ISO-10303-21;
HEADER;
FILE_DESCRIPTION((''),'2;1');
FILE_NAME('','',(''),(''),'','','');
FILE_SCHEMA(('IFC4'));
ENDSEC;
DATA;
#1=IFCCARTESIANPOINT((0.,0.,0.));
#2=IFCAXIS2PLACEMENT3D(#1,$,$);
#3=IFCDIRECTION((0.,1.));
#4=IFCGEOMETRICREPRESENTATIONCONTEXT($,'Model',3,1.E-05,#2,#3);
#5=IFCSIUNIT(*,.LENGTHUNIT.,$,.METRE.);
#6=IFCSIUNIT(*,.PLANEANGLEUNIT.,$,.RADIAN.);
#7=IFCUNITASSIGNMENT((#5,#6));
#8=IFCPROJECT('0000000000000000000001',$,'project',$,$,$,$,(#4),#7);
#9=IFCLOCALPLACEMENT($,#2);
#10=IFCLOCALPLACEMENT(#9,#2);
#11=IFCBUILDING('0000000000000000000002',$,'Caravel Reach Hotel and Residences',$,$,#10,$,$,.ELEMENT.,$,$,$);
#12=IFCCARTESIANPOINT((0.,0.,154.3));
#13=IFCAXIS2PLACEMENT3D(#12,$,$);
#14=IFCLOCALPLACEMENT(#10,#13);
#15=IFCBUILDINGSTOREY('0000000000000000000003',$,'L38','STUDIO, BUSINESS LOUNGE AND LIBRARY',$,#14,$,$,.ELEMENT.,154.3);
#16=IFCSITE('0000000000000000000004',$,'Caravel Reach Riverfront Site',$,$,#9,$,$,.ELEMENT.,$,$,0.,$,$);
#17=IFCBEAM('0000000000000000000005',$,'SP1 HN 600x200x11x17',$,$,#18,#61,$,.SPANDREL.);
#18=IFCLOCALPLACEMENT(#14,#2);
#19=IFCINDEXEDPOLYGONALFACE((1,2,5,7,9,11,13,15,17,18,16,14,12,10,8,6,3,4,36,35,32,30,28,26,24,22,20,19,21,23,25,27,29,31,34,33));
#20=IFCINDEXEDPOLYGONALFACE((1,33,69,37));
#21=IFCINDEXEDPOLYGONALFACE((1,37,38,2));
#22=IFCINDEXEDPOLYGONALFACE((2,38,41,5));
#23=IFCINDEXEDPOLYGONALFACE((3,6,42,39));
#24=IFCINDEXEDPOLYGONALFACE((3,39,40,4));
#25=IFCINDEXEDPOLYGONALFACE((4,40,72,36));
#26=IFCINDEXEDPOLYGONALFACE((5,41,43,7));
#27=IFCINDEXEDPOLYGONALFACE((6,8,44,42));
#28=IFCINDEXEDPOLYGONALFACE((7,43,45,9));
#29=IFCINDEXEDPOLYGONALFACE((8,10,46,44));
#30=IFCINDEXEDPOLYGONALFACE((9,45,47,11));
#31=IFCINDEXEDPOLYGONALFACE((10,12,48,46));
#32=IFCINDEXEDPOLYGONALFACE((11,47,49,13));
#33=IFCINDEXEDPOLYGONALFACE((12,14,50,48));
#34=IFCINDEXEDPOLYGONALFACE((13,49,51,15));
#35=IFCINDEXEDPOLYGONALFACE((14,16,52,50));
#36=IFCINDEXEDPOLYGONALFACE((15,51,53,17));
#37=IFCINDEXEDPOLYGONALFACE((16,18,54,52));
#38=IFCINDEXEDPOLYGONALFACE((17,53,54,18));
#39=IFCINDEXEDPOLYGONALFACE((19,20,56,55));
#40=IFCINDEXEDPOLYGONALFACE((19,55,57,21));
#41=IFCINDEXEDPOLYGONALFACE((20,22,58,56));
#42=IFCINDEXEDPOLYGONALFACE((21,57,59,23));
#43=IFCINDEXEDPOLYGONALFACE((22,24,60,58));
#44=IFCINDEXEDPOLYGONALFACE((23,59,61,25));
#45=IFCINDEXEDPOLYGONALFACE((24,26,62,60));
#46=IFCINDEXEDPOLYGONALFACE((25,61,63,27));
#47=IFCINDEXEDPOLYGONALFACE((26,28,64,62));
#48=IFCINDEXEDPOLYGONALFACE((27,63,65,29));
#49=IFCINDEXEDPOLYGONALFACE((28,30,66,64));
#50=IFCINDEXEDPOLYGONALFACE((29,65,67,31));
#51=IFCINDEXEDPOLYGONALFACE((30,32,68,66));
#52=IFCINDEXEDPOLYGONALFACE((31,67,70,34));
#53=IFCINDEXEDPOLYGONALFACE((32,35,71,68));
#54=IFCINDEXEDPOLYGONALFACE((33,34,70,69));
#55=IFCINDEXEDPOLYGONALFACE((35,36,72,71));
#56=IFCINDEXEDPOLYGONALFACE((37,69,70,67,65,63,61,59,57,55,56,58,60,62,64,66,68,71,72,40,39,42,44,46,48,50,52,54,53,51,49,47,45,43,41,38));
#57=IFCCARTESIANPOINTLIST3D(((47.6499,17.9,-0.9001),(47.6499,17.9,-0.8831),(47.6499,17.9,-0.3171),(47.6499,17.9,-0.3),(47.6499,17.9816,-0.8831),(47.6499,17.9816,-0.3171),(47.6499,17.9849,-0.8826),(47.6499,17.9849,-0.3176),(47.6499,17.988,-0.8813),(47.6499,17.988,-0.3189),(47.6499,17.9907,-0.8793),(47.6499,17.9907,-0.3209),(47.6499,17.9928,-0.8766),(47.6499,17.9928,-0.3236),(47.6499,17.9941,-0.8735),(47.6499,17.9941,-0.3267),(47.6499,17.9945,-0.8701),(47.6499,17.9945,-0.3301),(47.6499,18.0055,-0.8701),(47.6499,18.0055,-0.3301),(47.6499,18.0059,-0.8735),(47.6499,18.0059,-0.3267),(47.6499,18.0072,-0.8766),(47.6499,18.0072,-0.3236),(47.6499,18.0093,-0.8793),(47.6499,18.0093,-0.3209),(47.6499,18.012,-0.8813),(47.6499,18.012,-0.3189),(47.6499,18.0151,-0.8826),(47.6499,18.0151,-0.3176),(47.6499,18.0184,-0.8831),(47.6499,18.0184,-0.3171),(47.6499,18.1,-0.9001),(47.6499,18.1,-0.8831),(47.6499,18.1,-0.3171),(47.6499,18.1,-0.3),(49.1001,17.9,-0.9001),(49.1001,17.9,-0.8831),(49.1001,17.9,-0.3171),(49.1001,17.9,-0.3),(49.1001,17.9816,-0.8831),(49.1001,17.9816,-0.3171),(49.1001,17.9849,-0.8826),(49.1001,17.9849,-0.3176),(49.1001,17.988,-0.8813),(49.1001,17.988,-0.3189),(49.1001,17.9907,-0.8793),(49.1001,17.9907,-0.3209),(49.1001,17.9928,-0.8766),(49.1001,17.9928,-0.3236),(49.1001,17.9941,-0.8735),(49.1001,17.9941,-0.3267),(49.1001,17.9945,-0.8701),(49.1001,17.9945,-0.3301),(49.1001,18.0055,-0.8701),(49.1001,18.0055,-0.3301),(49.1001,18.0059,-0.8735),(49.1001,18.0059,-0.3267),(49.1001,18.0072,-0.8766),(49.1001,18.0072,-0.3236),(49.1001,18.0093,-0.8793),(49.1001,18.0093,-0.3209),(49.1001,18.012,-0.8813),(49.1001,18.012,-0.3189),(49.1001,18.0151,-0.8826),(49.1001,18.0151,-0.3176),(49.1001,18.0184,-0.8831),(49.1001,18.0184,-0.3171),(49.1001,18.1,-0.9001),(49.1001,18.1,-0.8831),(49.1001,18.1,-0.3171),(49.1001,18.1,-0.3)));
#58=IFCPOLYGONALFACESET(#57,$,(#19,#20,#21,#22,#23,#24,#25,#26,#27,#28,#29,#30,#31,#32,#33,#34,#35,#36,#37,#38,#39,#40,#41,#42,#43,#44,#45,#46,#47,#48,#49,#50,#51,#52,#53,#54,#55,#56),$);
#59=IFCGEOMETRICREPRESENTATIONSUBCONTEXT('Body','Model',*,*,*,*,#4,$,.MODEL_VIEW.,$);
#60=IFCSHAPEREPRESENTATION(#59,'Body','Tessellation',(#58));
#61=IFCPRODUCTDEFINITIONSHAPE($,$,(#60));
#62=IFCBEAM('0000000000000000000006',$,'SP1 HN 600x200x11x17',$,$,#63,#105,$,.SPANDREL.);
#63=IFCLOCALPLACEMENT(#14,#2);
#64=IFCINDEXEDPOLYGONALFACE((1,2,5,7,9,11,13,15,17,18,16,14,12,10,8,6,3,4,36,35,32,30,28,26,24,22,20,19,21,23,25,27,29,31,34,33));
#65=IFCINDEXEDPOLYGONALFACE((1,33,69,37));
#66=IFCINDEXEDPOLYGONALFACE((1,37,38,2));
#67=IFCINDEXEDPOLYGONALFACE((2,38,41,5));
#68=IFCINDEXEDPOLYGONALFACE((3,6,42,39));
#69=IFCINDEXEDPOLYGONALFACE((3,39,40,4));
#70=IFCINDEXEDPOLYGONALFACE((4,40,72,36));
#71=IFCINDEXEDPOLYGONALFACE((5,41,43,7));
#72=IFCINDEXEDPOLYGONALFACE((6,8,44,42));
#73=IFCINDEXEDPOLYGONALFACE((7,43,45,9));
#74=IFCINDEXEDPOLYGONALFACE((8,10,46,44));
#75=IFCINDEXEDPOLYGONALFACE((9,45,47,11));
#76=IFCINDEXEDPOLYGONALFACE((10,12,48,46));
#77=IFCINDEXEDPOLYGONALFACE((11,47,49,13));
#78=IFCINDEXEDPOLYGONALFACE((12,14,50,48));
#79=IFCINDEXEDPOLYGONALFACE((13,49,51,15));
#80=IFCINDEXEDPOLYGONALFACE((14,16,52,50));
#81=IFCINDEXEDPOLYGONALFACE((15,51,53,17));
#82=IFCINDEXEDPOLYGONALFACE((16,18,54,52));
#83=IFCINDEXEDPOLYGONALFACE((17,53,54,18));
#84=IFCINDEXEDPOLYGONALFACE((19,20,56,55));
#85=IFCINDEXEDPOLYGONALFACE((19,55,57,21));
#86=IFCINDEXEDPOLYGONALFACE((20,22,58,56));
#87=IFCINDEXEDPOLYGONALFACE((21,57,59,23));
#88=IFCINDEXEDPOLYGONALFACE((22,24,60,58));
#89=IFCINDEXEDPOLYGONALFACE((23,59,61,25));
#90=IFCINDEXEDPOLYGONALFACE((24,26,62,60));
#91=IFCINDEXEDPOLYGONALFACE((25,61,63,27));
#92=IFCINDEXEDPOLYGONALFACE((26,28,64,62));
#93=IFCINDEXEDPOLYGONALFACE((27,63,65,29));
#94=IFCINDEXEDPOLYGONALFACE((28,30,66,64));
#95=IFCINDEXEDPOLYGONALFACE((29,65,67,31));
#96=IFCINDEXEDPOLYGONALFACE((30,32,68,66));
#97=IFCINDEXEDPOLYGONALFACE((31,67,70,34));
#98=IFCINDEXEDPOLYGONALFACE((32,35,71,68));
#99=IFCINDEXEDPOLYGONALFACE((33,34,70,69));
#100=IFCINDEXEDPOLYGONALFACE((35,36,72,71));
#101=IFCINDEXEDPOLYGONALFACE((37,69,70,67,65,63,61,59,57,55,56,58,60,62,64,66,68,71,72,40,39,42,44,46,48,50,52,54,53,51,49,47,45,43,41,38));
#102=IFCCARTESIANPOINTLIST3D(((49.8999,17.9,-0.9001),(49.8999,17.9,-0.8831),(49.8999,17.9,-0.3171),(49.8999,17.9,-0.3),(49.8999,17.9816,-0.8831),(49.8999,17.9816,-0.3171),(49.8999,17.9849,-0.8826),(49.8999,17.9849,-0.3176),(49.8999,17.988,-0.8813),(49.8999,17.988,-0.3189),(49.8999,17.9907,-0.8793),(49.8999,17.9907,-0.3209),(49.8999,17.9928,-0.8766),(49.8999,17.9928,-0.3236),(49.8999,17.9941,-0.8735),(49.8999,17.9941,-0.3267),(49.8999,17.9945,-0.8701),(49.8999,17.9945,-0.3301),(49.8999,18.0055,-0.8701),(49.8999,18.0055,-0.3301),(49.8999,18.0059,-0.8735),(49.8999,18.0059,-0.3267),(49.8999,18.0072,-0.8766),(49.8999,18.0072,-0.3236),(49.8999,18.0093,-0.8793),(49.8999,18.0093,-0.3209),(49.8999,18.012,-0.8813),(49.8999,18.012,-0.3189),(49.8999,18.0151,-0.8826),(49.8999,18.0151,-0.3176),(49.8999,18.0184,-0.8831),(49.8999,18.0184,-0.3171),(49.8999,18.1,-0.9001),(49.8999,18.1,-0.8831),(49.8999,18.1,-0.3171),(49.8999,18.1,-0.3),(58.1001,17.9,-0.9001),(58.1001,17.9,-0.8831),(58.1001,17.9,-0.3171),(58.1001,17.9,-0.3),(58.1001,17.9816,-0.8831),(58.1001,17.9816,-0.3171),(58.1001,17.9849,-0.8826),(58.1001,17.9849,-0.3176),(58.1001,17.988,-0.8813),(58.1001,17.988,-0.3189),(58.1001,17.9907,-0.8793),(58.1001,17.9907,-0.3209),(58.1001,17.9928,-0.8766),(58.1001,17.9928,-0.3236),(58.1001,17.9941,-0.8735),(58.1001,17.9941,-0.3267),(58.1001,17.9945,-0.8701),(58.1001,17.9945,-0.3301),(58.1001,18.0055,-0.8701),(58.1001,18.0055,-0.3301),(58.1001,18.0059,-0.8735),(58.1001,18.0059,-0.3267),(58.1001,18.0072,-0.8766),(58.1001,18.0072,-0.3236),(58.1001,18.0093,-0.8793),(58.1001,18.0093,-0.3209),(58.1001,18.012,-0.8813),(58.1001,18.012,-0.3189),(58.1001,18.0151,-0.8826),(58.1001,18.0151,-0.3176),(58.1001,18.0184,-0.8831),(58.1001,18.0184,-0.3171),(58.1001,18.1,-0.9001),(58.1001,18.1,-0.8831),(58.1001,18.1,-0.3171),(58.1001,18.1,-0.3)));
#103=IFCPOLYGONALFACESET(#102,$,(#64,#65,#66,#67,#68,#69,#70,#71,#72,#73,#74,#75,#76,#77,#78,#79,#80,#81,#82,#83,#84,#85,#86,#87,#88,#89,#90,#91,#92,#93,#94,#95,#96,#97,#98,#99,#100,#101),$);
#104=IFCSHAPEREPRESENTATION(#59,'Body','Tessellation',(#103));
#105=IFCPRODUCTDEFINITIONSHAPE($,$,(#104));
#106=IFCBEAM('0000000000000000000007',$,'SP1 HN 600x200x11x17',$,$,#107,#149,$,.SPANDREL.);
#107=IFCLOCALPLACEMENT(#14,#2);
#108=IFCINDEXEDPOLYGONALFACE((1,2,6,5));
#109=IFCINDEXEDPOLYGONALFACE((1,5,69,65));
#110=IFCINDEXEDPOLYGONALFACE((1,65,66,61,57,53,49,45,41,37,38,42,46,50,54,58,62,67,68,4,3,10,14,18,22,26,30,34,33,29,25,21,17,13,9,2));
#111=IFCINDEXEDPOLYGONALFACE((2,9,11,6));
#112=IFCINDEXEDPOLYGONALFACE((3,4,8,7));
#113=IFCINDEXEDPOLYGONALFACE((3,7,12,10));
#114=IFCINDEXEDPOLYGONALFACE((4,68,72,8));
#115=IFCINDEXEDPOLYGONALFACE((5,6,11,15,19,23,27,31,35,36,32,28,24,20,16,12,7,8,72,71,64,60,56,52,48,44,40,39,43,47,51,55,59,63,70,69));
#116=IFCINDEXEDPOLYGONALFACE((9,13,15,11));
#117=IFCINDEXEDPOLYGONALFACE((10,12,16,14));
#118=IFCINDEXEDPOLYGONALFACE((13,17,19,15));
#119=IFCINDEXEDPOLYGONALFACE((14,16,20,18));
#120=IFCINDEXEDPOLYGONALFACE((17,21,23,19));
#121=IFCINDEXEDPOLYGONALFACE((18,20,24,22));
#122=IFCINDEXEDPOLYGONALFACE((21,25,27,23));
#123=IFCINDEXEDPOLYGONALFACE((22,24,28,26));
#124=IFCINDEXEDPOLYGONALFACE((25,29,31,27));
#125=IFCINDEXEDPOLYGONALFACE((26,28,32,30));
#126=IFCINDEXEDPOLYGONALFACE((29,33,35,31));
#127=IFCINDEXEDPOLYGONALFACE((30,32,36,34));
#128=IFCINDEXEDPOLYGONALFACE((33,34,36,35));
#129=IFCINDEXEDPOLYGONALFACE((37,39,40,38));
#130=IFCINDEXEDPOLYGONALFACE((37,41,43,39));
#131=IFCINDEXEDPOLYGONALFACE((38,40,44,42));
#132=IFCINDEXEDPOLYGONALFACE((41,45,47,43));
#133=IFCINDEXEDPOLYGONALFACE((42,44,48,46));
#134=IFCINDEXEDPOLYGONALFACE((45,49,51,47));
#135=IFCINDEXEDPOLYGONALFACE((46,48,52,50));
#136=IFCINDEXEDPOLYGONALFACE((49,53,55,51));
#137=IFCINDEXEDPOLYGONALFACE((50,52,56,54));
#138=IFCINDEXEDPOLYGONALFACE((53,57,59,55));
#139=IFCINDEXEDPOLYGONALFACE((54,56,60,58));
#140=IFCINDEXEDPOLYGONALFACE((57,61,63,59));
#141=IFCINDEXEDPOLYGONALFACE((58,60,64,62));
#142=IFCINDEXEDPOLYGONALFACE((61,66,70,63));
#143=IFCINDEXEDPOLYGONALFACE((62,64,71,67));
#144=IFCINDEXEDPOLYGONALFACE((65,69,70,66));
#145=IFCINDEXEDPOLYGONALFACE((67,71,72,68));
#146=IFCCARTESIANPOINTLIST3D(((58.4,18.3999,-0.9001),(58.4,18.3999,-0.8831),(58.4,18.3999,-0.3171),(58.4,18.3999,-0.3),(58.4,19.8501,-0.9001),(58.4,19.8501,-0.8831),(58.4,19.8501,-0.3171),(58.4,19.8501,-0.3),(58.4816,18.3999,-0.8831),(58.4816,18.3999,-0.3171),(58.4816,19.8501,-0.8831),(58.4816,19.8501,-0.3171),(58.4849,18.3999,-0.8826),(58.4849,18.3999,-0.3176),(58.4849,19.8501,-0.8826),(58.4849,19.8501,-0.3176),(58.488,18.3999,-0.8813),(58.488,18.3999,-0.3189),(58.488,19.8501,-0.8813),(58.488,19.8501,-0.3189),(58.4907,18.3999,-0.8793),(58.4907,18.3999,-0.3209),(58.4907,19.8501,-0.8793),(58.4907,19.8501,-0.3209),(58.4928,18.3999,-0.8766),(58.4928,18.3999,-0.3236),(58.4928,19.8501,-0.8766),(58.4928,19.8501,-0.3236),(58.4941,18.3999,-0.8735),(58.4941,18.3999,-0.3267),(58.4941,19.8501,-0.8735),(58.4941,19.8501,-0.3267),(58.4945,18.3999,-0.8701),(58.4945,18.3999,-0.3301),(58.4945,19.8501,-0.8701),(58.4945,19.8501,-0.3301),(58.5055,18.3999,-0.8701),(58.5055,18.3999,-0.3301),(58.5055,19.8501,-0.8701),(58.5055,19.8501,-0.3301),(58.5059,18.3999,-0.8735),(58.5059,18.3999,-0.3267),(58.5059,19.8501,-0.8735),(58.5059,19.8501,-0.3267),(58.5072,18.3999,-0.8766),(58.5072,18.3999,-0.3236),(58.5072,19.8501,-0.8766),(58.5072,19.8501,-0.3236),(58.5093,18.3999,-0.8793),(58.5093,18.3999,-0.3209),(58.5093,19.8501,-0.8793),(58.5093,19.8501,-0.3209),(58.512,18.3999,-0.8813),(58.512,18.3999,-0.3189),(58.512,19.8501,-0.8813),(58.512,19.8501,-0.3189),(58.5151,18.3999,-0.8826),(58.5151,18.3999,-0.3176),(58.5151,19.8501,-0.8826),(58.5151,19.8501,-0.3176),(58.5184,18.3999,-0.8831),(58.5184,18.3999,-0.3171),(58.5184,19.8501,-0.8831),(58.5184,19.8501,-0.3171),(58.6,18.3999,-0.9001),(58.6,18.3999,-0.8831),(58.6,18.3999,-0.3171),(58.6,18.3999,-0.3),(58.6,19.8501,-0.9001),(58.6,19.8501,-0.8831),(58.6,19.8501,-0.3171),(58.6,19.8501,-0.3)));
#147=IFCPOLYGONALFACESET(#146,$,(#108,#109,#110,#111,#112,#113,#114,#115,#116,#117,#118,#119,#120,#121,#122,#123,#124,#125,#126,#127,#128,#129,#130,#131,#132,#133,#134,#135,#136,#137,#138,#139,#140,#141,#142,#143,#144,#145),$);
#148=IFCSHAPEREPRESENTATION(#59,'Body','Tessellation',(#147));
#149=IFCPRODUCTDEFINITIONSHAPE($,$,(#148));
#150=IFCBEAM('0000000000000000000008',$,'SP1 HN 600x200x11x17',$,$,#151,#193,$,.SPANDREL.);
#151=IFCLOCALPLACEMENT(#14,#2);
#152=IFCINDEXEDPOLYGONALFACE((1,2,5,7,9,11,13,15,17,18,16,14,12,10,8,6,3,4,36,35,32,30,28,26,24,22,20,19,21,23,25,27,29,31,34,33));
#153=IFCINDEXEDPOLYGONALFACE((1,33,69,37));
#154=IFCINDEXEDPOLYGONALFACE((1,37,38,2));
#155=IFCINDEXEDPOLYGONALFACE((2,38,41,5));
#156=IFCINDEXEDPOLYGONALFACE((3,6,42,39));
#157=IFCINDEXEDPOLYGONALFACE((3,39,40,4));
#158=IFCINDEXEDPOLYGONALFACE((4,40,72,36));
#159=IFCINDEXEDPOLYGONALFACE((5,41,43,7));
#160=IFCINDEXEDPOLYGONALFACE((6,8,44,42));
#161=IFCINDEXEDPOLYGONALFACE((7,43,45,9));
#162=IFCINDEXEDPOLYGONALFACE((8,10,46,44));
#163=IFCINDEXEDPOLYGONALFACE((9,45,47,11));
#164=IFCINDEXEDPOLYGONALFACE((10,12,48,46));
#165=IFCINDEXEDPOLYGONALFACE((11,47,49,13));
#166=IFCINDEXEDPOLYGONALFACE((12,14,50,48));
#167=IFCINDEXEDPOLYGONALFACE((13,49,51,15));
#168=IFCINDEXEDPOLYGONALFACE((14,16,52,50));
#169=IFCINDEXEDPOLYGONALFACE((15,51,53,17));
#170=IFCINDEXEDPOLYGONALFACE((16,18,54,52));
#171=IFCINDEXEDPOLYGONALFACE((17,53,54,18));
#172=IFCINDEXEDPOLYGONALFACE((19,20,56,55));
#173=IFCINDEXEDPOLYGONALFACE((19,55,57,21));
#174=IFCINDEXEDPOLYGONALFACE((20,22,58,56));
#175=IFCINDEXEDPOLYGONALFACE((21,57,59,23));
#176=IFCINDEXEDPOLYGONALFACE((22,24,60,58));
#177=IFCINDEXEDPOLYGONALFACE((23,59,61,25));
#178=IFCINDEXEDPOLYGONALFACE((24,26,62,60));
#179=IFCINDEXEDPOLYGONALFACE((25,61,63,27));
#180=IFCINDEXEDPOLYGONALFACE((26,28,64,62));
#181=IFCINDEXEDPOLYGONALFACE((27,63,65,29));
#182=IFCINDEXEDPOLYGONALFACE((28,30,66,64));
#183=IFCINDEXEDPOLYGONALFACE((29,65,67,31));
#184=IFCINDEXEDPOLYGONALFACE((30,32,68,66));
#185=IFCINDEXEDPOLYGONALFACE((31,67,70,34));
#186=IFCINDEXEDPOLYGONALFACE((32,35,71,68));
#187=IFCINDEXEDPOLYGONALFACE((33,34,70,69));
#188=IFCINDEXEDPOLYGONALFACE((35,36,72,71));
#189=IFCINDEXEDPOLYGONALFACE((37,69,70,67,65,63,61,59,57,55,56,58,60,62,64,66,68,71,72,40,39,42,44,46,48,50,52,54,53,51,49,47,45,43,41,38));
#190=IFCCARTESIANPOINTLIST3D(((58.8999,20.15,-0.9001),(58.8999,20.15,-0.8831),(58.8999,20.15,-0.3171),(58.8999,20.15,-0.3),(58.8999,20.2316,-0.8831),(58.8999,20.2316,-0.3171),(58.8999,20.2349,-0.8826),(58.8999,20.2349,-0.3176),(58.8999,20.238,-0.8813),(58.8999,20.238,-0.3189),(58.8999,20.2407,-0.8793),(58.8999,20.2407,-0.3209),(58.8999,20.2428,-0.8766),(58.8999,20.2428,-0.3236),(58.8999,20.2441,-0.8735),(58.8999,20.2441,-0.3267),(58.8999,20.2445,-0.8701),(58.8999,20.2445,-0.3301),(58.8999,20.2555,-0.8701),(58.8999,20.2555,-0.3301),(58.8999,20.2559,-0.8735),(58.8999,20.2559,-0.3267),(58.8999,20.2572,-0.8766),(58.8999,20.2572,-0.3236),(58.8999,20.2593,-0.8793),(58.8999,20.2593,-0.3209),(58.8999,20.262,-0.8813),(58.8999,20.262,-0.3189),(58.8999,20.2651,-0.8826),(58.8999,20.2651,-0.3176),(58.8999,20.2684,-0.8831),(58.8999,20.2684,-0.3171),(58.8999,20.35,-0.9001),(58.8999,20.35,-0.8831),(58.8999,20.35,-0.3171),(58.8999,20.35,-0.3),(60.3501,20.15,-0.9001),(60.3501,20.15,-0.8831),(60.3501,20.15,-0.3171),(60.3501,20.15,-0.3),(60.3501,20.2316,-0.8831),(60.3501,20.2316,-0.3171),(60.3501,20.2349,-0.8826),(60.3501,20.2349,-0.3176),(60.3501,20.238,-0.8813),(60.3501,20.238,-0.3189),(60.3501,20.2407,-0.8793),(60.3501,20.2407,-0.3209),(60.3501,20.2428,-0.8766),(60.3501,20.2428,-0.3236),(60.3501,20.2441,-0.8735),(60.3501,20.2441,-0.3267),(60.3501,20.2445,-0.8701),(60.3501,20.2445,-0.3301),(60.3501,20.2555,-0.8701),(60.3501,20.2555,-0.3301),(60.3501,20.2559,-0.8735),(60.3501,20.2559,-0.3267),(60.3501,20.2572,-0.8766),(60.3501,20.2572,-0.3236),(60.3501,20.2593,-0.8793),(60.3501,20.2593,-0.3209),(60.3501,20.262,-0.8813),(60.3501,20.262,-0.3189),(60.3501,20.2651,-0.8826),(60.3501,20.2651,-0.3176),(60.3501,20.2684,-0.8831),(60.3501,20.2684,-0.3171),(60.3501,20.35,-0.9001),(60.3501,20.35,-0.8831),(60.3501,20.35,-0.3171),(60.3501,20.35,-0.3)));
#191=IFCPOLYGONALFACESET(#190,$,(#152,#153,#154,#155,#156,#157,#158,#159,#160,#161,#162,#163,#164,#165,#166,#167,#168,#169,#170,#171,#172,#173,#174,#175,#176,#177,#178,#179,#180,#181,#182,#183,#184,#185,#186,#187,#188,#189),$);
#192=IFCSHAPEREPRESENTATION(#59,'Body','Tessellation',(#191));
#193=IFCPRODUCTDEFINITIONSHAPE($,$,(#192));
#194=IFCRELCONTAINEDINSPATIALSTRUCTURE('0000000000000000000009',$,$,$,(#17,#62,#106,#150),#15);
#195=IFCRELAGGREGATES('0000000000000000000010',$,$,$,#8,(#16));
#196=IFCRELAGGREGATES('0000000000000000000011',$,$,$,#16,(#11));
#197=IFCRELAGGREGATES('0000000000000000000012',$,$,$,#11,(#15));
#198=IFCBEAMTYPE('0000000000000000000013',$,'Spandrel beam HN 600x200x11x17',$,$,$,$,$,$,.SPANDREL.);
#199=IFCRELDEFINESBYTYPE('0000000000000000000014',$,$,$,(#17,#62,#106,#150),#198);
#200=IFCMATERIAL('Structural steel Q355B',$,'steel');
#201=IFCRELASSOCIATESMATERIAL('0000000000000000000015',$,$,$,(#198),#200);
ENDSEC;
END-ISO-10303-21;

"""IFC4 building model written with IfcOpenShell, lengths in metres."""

from ifc_helpers import new_model, si_unit, direction, frame, origin, origin_2d, place, context, subcontext, project, spatial, i_section, extrude, material, material_profile, profile_set, type_object, element, save


model = new_model("IFC4")

# Units and contexts
model_context = context("Model", 3, precision=1e-05, world=origin(), true_north=direction((0.0, 1.0)))
body_context = subcontext(model_context, "Body", "Model", "MODEL_VIEW")
ifc_project = project(units=[si_unit("LENGTHUNIT", "METRE"), si_unit("PLANEANGLEUNIT", "RADIAN")], contexts=[model_context])

# Site, building, storey
site_placement = place(None, origin())
site = spatial("IfcSite", under=ifc_project, at=site_placement, Name="Caravel Reach Riverfront Site", CompositionType="ELEMENT", RefElevation=0.0)
building_placement = place(site_placement, origin())
building = spatial("IfcBuilding", under=site, at=building_placement, Name="Caravel Reach Hotel and Residences", CompositionType="ELEMENT")
storey_placement = place(building_placement, frame((0.0, 0.0, 154.3)))
storey = spatial("IfcBuildingStorey", under=building, at=storey_placement, Name="L38", Description="STUDIO, BUSINESS LOUNGE AND LIBRARY", CompositionType="ELEMENT", Elevation=154.3)

# Beams
ifc_material_1 = material(Name="Structural steel Q355B", Category="steel")
ifc_material_profile_1 = material_profile(ifc_material_1, i_section(OverallWidth=0.2, OverallDepth=0.6001, WebThickness=0.011, FlangeThickness=0.0171, FilletRadius=0.0129, at=origin_2d()), Name="HN 600x200x11x17")
ifc_profile_set_1 = profile_set([ifc_material_profile_1], Name="Structural steel Q355B")
beam_type_1 = type_object("IfcBeamType", Name="Spandrel beam HN 600x200x11x17", PredefinedType="SPANDREL", material=ifc_profile_set_1)
beam_1_placement = place(storey_placement, frame((47.6499, 18.0, -0.6001), z_axis=(1.0, 0.0, 0.0), x_axis=(0.0, 1.0, 0.0)))
element("IfcBeam", 1, at=beam_1_placement, inside=storey, type_object=beam_type_1, Name="SP1 HN 600x200x11x17", PredefinedType="SPANDREL", context=body_context, shape_type="SweptSolid", body=[
    extrude(i_section(OverallWidth=0.2, OverallDepth=0.6001, WebThickness=0.011, FlangeThickness=0.0171, FilletRadius=0.0129, at=origin_2d()), origin(), (0.0, 0.0, 1.0), 1.4502),
])
beam_2_placement = place(storey_placement, frame((49.8999, 18.0, -0.6001), z_axis=(1.0, 0.0, 0.0), x_axis=(0.0, 1.0, 0.0)))
element("IfcBeam", 2, at=beam_2_placement, inside=storey, type_object=beam_type_1, Name="SP1 HN 600x200x11x17", PredefinedType="SPANDREL", context=body_context, shape_type="SweptSolid", body=[
    extrude(i_section(OverallWidth=0.2, OverallDepth=0.6001, WebThickness=0.011, FlangeThickness=0.0171, FilletRadius=0.0129, at=origin_2d()), origin(), (0.0, 0.0, 1.0), 8.2002),
])
for number, where, z_axis, x_axis, name in (
    (3, (58.5, 18.3999, -0.6001), (0.0, 1.0, 0.0), (-1.0, 0.0, 0.0), "SP1 HN 600x200x11x17"),
    (4, (58.8999, 20.25, -0.6001), (1.0, 0.0, 0.0), (0.0, 1.0, 0.0), "SP1 HN 600x200x11x17"),
):
    element("IfcBeam", number, at=place(storey_placement, frame(where, z_axis=z_axis, x_axis=x_axis)), inside=storey, type_object=beam_type_1, Name=name, PredefinedType="SPANDREL", context=body_context, shape_type="SweptSolid", body=[
        extrude(i_section(OverallWidth=0.2, OverallDepth=0.6001, WebThickness=0.011, FlangeThickness=0.0171, FilletRadius=0.0129, at=origin_2d()), origin(), (0.0, 0.0, 1.0), 1.4502),
    ])

save(model, "model.ifc")
